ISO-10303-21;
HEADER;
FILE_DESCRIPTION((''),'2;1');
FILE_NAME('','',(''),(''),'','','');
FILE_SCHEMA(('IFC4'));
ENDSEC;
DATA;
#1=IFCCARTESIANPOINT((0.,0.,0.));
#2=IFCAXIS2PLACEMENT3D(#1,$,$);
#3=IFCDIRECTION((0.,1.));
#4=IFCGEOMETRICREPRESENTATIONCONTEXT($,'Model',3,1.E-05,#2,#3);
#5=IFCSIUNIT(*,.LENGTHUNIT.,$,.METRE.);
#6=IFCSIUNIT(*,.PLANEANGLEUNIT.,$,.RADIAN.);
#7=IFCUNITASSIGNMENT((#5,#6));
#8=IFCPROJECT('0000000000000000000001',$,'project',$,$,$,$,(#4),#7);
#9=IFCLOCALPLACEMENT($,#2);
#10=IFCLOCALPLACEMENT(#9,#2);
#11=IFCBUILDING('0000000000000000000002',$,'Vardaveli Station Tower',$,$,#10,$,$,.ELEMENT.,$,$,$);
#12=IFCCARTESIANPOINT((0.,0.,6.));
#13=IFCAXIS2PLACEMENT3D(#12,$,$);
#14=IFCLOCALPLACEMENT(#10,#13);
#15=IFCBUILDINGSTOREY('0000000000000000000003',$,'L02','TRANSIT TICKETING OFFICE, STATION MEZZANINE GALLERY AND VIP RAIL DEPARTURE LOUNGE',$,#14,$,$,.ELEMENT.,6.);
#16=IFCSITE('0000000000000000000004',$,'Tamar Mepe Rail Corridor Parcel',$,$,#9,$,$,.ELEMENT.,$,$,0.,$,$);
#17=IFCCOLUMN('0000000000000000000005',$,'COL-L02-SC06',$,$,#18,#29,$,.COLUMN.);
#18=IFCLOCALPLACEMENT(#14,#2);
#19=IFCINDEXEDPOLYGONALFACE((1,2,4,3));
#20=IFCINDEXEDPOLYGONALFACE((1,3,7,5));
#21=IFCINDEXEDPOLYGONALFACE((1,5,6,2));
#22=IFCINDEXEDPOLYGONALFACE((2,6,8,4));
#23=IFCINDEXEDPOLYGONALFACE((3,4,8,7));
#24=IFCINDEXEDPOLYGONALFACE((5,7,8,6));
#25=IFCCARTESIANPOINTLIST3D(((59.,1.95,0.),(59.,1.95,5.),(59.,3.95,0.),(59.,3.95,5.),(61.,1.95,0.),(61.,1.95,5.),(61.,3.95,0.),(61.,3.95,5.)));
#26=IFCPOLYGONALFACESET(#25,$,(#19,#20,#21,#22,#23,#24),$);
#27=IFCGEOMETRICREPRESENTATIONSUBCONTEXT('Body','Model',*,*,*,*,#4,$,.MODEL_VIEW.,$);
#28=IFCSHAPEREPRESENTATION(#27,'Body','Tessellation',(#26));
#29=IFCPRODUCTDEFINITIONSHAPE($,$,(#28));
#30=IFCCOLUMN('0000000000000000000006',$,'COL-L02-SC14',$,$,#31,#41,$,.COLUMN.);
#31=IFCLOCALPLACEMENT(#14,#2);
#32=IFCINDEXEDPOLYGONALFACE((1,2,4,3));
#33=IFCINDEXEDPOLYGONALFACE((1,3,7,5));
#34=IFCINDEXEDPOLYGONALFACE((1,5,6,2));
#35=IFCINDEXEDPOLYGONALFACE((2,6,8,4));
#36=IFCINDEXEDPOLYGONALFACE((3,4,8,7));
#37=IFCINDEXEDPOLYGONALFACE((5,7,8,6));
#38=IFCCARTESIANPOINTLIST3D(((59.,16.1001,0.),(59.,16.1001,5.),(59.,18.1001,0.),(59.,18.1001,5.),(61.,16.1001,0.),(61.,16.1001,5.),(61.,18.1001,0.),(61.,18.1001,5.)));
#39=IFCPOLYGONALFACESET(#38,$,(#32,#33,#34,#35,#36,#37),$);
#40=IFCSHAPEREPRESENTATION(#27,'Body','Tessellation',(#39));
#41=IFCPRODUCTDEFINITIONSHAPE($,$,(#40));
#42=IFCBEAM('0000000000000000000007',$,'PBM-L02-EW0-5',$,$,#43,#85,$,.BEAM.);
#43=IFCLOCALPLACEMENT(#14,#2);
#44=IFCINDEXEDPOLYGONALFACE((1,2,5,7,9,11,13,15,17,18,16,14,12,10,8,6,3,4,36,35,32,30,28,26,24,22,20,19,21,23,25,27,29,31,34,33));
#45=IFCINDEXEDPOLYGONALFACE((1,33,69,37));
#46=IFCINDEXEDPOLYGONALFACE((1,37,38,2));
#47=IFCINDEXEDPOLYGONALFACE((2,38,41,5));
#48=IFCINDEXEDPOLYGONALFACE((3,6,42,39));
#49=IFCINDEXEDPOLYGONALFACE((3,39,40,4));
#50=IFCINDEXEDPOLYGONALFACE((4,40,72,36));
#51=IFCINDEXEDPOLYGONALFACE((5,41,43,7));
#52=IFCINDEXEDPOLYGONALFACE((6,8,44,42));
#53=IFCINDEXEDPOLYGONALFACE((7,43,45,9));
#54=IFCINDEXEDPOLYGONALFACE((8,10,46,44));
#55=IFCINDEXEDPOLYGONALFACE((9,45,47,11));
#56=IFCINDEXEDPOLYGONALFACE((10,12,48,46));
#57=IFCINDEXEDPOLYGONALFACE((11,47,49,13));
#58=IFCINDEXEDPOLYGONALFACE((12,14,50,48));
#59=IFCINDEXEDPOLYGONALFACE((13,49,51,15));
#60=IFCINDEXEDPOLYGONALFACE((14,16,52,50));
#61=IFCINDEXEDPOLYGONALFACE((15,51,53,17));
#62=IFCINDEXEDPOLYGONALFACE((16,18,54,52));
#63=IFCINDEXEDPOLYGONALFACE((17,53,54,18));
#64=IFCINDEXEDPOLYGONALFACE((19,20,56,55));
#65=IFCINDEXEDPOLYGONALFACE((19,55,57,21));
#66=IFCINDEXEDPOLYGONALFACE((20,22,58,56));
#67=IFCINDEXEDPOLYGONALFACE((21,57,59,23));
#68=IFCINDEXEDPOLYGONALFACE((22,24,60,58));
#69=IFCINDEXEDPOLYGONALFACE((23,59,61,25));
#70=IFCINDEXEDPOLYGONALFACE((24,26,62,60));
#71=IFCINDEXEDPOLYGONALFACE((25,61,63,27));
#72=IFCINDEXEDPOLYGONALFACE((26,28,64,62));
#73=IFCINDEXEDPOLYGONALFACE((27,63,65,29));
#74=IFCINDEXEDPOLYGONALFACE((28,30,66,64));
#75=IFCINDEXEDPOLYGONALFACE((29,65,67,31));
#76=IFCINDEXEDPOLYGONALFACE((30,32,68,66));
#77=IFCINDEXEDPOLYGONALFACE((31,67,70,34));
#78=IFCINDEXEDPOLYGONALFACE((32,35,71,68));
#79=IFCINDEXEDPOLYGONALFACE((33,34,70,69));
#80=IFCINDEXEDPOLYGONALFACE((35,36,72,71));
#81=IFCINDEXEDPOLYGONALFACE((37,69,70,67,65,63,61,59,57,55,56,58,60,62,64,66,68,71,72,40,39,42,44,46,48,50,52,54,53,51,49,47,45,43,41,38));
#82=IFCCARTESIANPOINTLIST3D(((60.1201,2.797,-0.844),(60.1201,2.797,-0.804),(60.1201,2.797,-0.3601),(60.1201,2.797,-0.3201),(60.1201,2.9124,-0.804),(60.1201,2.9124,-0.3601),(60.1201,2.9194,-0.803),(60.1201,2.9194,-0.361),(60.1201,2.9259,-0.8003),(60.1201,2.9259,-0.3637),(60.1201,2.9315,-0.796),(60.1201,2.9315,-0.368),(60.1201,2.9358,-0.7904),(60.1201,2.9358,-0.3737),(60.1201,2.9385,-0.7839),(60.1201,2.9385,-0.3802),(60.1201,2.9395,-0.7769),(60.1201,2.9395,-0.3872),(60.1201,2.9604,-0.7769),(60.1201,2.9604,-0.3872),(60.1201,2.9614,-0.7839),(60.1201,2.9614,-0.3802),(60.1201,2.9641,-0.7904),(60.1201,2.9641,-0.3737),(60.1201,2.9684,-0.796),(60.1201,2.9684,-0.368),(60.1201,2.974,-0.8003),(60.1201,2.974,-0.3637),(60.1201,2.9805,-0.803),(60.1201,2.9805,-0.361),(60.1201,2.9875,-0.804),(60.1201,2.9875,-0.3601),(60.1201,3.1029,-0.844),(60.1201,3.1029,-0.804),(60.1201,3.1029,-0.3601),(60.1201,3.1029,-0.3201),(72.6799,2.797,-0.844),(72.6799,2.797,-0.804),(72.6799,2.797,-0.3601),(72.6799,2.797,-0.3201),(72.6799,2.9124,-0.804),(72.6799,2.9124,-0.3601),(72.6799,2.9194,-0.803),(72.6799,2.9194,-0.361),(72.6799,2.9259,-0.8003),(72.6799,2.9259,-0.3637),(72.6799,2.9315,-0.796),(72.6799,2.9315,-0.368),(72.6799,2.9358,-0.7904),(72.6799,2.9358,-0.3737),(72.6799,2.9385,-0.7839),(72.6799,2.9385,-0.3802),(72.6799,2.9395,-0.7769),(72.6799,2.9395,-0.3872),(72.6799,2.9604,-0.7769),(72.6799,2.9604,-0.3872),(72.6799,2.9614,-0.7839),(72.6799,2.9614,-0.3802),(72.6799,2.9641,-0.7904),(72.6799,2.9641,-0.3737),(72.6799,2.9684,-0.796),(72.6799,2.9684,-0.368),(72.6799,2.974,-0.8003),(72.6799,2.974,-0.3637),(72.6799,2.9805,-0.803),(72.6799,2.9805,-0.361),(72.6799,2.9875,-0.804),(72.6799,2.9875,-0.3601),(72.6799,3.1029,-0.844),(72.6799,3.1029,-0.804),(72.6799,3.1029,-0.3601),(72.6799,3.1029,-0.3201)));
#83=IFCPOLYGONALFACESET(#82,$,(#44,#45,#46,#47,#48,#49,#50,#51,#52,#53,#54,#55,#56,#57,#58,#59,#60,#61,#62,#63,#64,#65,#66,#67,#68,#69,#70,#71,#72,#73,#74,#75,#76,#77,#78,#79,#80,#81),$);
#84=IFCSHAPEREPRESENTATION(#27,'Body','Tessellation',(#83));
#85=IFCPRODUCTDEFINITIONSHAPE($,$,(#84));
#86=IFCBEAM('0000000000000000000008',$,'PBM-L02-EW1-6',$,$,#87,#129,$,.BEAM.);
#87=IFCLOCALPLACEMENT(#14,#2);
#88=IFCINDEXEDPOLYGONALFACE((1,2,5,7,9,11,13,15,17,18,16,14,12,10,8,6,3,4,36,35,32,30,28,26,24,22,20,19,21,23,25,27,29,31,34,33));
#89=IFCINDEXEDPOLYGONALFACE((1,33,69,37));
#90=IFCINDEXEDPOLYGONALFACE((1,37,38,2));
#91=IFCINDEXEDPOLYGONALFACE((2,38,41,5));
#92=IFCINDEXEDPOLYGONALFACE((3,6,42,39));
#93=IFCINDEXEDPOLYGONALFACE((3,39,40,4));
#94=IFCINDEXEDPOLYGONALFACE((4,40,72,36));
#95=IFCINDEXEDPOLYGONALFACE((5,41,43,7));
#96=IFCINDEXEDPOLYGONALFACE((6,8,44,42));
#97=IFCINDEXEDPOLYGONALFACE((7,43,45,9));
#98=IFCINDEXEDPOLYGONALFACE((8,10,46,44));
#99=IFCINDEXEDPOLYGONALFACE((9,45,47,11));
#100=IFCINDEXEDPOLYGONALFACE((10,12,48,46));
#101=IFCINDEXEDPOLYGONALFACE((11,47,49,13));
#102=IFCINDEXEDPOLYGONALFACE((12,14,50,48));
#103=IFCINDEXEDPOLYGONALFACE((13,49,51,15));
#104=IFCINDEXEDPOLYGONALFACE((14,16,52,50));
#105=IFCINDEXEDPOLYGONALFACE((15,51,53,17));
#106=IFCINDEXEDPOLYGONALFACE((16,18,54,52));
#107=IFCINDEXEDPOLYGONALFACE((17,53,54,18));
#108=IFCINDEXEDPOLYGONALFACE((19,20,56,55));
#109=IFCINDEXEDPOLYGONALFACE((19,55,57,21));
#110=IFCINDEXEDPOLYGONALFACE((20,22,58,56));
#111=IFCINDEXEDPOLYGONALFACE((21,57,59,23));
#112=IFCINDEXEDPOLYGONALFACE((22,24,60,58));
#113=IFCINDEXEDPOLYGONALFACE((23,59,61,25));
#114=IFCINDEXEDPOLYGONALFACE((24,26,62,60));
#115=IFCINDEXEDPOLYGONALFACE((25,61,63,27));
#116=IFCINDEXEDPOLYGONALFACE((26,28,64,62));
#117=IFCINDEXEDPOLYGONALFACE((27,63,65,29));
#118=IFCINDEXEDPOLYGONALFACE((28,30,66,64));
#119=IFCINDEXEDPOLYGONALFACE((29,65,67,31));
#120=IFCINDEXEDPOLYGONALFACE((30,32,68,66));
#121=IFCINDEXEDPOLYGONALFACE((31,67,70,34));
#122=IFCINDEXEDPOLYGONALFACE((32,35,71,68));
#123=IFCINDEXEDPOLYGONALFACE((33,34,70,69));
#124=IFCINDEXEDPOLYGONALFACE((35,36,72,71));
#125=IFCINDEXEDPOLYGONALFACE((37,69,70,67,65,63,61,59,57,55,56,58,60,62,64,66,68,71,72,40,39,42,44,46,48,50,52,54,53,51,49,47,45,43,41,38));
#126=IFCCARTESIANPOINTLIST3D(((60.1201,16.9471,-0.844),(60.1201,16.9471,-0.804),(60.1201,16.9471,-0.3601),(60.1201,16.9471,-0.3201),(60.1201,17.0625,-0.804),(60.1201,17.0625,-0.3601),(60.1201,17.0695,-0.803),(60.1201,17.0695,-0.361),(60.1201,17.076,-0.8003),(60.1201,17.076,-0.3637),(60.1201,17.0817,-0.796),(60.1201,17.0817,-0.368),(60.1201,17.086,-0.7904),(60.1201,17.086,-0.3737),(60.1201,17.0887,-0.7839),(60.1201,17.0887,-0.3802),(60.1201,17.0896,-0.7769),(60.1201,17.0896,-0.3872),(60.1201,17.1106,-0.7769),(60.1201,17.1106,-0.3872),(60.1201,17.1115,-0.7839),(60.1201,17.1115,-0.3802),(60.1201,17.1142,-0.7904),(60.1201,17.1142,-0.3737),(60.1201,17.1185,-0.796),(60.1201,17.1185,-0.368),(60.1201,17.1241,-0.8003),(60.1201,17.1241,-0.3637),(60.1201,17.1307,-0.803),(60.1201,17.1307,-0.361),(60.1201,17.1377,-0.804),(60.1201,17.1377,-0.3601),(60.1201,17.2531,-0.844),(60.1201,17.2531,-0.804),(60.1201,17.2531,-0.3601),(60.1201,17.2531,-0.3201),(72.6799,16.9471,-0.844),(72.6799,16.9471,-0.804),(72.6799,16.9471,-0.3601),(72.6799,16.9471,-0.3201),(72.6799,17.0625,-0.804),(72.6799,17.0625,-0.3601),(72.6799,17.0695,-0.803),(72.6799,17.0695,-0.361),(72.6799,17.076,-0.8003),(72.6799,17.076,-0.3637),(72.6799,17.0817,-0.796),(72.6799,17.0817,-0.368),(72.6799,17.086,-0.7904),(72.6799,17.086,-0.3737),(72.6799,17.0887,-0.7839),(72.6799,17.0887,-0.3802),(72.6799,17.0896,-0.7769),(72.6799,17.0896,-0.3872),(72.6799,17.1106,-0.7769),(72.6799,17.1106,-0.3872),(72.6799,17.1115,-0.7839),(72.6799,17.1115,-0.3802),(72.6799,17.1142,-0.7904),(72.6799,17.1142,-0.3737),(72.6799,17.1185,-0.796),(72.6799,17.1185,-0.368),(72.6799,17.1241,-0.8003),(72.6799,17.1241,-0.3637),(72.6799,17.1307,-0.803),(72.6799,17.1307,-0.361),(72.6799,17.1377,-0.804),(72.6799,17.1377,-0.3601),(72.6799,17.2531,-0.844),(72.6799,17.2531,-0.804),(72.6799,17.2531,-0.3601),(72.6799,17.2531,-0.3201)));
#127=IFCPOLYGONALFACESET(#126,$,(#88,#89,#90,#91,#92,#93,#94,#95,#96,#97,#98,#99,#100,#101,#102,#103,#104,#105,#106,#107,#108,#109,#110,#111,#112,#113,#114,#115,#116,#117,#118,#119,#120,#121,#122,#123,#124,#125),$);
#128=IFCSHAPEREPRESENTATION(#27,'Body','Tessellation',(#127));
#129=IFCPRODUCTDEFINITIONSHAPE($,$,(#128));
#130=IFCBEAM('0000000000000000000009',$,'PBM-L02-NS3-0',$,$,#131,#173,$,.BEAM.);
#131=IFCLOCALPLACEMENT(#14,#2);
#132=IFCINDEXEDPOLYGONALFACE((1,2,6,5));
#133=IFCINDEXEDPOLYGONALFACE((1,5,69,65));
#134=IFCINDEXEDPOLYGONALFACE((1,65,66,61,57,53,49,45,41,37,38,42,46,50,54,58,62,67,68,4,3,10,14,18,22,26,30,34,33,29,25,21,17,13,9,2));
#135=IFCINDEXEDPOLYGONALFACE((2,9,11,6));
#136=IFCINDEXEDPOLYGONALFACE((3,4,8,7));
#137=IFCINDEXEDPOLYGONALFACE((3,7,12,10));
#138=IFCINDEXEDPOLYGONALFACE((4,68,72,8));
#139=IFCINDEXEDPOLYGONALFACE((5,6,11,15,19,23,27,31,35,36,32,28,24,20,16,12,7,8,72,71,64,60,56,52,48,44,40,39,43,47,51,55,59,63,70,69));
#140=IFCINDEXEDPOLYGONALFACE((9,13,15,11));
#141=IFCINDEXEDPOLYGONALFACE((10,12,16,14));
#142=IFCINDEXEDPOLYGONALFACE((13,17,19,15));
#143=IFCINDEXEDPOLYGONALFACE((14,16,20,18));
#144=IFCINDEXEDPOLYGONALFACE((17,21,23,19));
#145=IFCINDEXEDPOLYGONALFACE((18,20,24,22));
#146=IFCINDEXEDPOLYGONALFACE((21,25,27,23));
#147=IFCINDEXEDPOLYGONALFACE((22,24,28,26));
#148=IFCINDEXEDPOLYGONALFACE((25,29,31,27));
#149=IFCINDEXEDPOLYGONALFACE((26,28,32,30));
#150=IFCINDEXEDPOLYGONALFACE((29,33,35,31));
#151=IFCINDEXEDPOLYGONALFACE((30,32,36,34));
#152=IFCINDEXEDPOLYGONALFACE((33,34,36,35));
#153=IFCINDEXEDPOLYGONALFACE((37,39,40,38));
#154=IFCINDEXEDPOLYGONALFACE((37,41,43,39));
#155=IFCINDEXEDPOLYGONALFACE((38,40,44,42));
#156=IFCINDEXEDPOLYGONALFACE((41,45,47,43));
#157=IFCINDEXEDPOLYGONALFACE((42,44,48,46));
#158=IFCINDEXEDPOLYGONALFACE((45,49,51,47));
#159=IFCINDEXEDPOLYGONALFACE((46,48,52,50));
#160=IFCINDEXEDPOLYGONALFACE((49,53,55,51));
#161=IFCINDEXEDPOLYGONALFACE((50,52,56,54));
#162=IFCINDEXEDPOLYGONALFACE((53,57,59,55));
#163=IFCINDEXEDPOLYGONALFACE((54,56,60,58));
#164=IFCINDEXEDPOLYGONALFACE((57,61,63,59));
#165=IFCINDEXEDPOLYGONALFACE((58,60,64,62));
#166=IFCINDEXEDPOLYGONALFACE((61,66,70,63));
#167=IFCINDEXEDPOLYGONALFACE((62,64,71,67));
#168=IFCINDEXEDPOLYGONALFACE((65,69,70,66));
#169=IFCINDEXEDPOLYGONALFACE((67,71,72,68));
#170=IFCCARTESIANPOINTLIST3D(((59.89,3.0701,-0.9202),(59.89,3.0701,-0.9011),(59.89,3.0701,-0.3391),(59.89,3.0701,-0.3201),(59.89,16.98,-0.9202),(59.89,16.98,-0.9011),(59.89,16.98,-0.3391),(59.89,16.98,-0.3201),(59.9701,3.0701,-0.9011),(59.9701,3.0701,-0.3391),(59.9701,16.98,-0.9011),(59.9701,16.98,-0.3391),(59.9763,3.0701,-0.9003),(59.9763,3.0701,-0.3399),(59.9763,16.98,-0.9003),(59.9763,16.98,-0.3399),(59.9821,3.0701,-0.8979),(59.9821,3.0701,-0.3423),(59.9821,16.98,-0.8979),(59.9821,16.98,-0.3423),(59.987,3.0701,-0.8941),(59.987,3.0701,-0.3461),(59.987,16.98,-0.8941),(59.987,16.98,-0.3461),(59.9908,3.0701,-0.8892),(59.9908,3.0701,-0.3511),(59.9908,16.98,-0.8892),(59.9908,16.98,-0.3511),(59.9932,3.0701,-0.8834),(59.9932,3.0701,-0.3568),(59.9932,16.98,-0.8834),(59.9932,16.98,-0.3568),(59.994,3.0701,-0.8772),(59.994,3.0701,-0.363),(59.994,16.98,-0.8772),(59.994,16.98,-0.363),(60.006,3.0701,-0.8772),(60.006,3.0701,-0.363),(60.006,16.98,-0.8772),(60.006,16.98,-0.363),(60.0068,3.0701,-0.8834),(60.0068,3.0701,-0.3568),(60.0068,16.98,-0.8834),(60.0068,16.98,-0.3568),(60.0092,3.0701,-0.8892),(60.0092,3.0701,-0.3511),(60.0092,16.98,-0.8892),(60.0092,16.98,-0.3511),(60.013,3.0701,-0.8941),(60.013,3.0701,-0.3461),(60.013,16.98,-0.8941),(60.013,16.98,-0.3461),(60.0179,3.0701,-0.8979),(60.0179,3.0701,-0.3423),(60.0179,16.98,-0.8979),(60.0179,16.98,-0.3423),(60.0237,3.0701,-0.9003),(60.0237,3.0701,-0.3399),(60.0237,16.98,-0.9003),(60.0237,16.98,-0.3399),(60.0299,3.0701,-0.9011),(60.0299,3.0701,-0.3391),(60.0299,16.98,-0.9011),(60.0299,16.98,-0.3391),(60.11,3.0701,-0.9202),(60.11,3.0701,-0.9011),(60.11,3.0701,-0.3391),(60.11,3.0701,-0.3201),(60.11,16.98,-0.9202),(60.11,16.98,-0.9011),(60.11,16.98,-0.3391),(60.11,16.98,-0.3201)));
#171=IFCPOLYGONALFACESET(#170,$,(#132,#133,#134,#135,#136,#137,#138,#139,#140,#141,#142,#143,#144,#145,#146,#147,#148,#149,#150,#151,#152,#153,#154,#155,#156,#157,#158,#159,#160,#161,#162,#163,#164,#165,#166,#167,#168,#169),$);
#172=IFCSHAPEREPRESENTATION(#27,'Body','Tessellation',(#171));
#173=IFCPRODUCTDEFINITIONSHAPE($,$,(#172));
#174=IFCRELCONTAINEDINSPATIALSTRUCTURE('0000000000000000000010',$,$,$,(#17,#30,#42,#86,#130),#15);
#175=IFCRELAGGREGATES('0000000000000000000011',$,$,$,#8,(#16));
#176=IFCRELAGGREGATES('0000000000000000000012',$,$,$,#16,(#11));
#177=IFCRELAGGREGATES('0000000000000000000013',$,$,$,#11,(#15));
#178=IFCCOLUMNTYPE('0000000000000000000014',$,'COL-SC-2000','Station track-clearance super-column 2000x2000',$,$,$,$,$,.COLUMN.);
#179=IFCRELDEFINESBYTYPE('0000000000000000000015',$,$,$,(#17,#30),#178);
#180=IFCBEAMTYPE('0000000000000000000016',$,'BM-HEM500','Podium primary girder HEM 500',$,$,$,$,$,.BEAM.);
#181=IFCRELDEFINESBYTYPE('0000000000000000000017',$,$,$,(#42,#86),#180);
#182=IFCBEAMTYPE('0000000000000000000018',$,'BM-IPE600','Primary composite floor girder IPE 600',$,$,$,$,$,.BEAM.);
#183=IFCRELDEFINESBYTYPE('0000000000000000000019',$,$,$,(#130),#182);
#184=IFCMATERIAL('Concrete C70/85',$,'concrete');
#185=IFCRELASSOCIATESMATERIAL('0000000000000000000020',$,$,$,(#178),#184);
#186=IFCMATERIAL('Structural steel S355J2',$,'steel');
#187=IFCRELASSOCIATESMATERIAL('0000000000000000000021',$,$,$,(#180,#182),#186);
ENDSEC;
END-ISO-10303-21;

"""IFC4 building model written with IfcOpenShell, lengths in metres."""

from ifc_helpers import new_model, si_unit, direction, frame, origin, origin_2d, place, context, subcontext, project, spatial, rectangle, i_section, extrude, source, transform, mapped, material, material_profile, profile_set, type_object, element, save


model = new_model("IFC4")

# Units and contexts
model_context = context("Model", 3, precision=1e-05, world=origin(), true_north=direction((0.0, 1.0)))
body_context = subcontext(model_context, "Body", "Model", "MODEL_VIEW")
ifc_project = project(units=[si_unit("LENGTHUNIT", "METRE"), si_unit("PLANEANGLEUNIT", "RADIAN")], contexts=[model_context])

# Site, building, storey
site_placement = place(None, origin())
site = spatial("IfcSite", under=ifc_project, at=site_placement, Name="Tamar Mepe Rail Corridor Parcel", CompositionType="ELEMENT", RefElevation=0.0)
building_placement = place(site_placement, origin())
building = spatial("IfcBuilding", under=site, at=building_placement, Name="Vardaveli Station Tower", CompositionType="ELEMENT")
storey_placement = place(building_placement, frame((0.0, 0.0, 6.0)))
storey = spatial("IfcBuildingStorey", under=building, at=storey_placement, Name="L02", Description="TRANSIT TICKETING OFFICE, STATION MEZZANINE GALLERY AND VIP RAIL DEPARTURE LOUNGE", CompositionType="ELEMENT", Elevation=6.0)

# Columns
ifc_material_1 = material(Name="Concrete C70/85", Category="concrete")
ifc_material_profile_1 = material_profile(ifc_material_1, rectangle(XDim=2.0, YDim=2.0, at=origin_2d()), Name="SC 2000x2000")
ifc_profile_set_1 = profile_set([ifc_material_profile_1], Name="Concrete C70/85")
column_type = type_object("IfcColumnType", Name="COL-SC-2000", Description="Station track-clearance super-column 2000x2000", PredefinedType="COLUMN", material=ifc_profile_set_1)
shared_shape_1 = source(origin(), body_context, "Body", "SweptSolid", [
    extrude(rectangle(XDim=2.0, YDim=2.0, at=origin_2d()), origin(), (0.0, 0.0, 1.0), 5.0),
])
for number, where, z_axis, x_axis, name in (
    (1, (60.0, 2.95, 0.0), (0.0, 0.0, 1.0), (1.0, 0.0, 0.0), "COL-L02-SC06"),
    (2, (60.0, 17.1001, 0.0), (0.0, 0.0, 1.0), (1.0, 0.0, 0.0), "COL-L02-SC14"),
):
    element("IfcColumn", number, at=place(storey_placement, frame(where, z_axis=z_axis, x_axis=x_axis)), inside=storey, type_object=column_type, Name=name, PredefinedType="COLUMN", context=body_context, shape_type="MappedRepresentation", body=[
        mapped(shared_shape_1, transform((0.0, 0.0, 0.0), scale=1.0)),
    ])

# Beams
ifc_material_2 = material(Name="Structural steel S355J2", Category="steel")
ifc_material_profile_2 = material_profile(ifc_material_2, i_section(OverallWidth=0.3059, OverallDepth=0.5239, WebThickness=0.021, FlangeThickness=0.04, FilletRadius=0.0271, at=origin_2d()), Name="HEM 500")
ifc_profile_set_2 = profile_set([ifc_material_profile_2], Name="Structural steel S355J2")
beam_type_1 = type_object("IfcBeamType", Name="BM-HEM500", Description="Podium primary girder HEM 500", PredefinedType="BEAM", material=ifc_profile_set_2)
shared_shape_2 = source(origin(), body_context, "Body", "SweptSolid", [
    extrude(i_section(OverallWidth=0.3059, OverallDepth=0.5239, WebThickness=0.021, FlangeThickness=0.04, FilletRadius=0.0271, at=origin_2d()), origin(), (0.0, 0.0, 1.0), 12.5598),
])
for number, where, z_axis, x_axis, name in (
    (3, (60.1201, 2.95, -0.582), (1.0, 0.0, 0.0), (0.0, 1.0, 0.0), "PBM-L02-EW0-5"),
    (4, (60.1201, 17.1001, -0.582), (1.0, 0.0, 0.0), (0.0, 1.0, 0.0), "PBM-L02-EW1-6"),
):
    element("IfcBeam", number, at=place(storey_placement, frame(where, z_axis=z_axis, x_axis=x_axis)), inside=storey, type_object=beam_type_1, Name=name, PredefinedType="BEAM", context=body_context, shape_type="MappedRepresentation", body=[
        mapped(shared_shape_2, transform((0.0, 0.0, 0.0), scale=1.0)),
    ])
ifc_material_profile_3 = material_profile(ifc_material_2, i_section(OverallWidth=0.22, OverallDepth=0.6001, WebThickness=0.012, FlangeThickness=0.019, FilletRadius=0.0239, at=origin_2d()), Name="IPE 600")
ifc_profile_set_3 = profile_set([ifc_material_profile_3], Name="Structural steel S355J2")
beam_type_2 = type_object("IfcBeamType", Name="BM-IPE600", Description="Primary composite floor girder IPE 600", PredefinedType="BEAM", material=ifc_profile_set_3)
shared_shape_3 = source(origin(), body_context, "Body", "SweptSolid", [
    extrude(i_section(OverallWidth=0.22, OverallDepth=0.6001, WebThickness=0.012, FlangeThickness=0.019, FilletRadius=0.0239, at=origin_2d()), origin(), (0.0, 0.0, 1.0), 13.9099),
])
beam_1_placement = place(storey_placement, frame((60.0, 3.0701, -0.6201), z_axis=(0.0, 1.0, 0.0), x_axis=(-1.0, 0.0, 0.0)))
element("IfcBeam", 5, at=beam_1_placement, inside=storey, type_object=beam_type_2, Name="PBM-L02-NS3-0", PredefinedType="BEAM", context=body_context, shape_type="MappedRepresentation", body=[
    mapped(shared_shape_3, transform((0.0, 0.0, 0.0), scale=1.0)),
])

save(model, "model.ifc")
